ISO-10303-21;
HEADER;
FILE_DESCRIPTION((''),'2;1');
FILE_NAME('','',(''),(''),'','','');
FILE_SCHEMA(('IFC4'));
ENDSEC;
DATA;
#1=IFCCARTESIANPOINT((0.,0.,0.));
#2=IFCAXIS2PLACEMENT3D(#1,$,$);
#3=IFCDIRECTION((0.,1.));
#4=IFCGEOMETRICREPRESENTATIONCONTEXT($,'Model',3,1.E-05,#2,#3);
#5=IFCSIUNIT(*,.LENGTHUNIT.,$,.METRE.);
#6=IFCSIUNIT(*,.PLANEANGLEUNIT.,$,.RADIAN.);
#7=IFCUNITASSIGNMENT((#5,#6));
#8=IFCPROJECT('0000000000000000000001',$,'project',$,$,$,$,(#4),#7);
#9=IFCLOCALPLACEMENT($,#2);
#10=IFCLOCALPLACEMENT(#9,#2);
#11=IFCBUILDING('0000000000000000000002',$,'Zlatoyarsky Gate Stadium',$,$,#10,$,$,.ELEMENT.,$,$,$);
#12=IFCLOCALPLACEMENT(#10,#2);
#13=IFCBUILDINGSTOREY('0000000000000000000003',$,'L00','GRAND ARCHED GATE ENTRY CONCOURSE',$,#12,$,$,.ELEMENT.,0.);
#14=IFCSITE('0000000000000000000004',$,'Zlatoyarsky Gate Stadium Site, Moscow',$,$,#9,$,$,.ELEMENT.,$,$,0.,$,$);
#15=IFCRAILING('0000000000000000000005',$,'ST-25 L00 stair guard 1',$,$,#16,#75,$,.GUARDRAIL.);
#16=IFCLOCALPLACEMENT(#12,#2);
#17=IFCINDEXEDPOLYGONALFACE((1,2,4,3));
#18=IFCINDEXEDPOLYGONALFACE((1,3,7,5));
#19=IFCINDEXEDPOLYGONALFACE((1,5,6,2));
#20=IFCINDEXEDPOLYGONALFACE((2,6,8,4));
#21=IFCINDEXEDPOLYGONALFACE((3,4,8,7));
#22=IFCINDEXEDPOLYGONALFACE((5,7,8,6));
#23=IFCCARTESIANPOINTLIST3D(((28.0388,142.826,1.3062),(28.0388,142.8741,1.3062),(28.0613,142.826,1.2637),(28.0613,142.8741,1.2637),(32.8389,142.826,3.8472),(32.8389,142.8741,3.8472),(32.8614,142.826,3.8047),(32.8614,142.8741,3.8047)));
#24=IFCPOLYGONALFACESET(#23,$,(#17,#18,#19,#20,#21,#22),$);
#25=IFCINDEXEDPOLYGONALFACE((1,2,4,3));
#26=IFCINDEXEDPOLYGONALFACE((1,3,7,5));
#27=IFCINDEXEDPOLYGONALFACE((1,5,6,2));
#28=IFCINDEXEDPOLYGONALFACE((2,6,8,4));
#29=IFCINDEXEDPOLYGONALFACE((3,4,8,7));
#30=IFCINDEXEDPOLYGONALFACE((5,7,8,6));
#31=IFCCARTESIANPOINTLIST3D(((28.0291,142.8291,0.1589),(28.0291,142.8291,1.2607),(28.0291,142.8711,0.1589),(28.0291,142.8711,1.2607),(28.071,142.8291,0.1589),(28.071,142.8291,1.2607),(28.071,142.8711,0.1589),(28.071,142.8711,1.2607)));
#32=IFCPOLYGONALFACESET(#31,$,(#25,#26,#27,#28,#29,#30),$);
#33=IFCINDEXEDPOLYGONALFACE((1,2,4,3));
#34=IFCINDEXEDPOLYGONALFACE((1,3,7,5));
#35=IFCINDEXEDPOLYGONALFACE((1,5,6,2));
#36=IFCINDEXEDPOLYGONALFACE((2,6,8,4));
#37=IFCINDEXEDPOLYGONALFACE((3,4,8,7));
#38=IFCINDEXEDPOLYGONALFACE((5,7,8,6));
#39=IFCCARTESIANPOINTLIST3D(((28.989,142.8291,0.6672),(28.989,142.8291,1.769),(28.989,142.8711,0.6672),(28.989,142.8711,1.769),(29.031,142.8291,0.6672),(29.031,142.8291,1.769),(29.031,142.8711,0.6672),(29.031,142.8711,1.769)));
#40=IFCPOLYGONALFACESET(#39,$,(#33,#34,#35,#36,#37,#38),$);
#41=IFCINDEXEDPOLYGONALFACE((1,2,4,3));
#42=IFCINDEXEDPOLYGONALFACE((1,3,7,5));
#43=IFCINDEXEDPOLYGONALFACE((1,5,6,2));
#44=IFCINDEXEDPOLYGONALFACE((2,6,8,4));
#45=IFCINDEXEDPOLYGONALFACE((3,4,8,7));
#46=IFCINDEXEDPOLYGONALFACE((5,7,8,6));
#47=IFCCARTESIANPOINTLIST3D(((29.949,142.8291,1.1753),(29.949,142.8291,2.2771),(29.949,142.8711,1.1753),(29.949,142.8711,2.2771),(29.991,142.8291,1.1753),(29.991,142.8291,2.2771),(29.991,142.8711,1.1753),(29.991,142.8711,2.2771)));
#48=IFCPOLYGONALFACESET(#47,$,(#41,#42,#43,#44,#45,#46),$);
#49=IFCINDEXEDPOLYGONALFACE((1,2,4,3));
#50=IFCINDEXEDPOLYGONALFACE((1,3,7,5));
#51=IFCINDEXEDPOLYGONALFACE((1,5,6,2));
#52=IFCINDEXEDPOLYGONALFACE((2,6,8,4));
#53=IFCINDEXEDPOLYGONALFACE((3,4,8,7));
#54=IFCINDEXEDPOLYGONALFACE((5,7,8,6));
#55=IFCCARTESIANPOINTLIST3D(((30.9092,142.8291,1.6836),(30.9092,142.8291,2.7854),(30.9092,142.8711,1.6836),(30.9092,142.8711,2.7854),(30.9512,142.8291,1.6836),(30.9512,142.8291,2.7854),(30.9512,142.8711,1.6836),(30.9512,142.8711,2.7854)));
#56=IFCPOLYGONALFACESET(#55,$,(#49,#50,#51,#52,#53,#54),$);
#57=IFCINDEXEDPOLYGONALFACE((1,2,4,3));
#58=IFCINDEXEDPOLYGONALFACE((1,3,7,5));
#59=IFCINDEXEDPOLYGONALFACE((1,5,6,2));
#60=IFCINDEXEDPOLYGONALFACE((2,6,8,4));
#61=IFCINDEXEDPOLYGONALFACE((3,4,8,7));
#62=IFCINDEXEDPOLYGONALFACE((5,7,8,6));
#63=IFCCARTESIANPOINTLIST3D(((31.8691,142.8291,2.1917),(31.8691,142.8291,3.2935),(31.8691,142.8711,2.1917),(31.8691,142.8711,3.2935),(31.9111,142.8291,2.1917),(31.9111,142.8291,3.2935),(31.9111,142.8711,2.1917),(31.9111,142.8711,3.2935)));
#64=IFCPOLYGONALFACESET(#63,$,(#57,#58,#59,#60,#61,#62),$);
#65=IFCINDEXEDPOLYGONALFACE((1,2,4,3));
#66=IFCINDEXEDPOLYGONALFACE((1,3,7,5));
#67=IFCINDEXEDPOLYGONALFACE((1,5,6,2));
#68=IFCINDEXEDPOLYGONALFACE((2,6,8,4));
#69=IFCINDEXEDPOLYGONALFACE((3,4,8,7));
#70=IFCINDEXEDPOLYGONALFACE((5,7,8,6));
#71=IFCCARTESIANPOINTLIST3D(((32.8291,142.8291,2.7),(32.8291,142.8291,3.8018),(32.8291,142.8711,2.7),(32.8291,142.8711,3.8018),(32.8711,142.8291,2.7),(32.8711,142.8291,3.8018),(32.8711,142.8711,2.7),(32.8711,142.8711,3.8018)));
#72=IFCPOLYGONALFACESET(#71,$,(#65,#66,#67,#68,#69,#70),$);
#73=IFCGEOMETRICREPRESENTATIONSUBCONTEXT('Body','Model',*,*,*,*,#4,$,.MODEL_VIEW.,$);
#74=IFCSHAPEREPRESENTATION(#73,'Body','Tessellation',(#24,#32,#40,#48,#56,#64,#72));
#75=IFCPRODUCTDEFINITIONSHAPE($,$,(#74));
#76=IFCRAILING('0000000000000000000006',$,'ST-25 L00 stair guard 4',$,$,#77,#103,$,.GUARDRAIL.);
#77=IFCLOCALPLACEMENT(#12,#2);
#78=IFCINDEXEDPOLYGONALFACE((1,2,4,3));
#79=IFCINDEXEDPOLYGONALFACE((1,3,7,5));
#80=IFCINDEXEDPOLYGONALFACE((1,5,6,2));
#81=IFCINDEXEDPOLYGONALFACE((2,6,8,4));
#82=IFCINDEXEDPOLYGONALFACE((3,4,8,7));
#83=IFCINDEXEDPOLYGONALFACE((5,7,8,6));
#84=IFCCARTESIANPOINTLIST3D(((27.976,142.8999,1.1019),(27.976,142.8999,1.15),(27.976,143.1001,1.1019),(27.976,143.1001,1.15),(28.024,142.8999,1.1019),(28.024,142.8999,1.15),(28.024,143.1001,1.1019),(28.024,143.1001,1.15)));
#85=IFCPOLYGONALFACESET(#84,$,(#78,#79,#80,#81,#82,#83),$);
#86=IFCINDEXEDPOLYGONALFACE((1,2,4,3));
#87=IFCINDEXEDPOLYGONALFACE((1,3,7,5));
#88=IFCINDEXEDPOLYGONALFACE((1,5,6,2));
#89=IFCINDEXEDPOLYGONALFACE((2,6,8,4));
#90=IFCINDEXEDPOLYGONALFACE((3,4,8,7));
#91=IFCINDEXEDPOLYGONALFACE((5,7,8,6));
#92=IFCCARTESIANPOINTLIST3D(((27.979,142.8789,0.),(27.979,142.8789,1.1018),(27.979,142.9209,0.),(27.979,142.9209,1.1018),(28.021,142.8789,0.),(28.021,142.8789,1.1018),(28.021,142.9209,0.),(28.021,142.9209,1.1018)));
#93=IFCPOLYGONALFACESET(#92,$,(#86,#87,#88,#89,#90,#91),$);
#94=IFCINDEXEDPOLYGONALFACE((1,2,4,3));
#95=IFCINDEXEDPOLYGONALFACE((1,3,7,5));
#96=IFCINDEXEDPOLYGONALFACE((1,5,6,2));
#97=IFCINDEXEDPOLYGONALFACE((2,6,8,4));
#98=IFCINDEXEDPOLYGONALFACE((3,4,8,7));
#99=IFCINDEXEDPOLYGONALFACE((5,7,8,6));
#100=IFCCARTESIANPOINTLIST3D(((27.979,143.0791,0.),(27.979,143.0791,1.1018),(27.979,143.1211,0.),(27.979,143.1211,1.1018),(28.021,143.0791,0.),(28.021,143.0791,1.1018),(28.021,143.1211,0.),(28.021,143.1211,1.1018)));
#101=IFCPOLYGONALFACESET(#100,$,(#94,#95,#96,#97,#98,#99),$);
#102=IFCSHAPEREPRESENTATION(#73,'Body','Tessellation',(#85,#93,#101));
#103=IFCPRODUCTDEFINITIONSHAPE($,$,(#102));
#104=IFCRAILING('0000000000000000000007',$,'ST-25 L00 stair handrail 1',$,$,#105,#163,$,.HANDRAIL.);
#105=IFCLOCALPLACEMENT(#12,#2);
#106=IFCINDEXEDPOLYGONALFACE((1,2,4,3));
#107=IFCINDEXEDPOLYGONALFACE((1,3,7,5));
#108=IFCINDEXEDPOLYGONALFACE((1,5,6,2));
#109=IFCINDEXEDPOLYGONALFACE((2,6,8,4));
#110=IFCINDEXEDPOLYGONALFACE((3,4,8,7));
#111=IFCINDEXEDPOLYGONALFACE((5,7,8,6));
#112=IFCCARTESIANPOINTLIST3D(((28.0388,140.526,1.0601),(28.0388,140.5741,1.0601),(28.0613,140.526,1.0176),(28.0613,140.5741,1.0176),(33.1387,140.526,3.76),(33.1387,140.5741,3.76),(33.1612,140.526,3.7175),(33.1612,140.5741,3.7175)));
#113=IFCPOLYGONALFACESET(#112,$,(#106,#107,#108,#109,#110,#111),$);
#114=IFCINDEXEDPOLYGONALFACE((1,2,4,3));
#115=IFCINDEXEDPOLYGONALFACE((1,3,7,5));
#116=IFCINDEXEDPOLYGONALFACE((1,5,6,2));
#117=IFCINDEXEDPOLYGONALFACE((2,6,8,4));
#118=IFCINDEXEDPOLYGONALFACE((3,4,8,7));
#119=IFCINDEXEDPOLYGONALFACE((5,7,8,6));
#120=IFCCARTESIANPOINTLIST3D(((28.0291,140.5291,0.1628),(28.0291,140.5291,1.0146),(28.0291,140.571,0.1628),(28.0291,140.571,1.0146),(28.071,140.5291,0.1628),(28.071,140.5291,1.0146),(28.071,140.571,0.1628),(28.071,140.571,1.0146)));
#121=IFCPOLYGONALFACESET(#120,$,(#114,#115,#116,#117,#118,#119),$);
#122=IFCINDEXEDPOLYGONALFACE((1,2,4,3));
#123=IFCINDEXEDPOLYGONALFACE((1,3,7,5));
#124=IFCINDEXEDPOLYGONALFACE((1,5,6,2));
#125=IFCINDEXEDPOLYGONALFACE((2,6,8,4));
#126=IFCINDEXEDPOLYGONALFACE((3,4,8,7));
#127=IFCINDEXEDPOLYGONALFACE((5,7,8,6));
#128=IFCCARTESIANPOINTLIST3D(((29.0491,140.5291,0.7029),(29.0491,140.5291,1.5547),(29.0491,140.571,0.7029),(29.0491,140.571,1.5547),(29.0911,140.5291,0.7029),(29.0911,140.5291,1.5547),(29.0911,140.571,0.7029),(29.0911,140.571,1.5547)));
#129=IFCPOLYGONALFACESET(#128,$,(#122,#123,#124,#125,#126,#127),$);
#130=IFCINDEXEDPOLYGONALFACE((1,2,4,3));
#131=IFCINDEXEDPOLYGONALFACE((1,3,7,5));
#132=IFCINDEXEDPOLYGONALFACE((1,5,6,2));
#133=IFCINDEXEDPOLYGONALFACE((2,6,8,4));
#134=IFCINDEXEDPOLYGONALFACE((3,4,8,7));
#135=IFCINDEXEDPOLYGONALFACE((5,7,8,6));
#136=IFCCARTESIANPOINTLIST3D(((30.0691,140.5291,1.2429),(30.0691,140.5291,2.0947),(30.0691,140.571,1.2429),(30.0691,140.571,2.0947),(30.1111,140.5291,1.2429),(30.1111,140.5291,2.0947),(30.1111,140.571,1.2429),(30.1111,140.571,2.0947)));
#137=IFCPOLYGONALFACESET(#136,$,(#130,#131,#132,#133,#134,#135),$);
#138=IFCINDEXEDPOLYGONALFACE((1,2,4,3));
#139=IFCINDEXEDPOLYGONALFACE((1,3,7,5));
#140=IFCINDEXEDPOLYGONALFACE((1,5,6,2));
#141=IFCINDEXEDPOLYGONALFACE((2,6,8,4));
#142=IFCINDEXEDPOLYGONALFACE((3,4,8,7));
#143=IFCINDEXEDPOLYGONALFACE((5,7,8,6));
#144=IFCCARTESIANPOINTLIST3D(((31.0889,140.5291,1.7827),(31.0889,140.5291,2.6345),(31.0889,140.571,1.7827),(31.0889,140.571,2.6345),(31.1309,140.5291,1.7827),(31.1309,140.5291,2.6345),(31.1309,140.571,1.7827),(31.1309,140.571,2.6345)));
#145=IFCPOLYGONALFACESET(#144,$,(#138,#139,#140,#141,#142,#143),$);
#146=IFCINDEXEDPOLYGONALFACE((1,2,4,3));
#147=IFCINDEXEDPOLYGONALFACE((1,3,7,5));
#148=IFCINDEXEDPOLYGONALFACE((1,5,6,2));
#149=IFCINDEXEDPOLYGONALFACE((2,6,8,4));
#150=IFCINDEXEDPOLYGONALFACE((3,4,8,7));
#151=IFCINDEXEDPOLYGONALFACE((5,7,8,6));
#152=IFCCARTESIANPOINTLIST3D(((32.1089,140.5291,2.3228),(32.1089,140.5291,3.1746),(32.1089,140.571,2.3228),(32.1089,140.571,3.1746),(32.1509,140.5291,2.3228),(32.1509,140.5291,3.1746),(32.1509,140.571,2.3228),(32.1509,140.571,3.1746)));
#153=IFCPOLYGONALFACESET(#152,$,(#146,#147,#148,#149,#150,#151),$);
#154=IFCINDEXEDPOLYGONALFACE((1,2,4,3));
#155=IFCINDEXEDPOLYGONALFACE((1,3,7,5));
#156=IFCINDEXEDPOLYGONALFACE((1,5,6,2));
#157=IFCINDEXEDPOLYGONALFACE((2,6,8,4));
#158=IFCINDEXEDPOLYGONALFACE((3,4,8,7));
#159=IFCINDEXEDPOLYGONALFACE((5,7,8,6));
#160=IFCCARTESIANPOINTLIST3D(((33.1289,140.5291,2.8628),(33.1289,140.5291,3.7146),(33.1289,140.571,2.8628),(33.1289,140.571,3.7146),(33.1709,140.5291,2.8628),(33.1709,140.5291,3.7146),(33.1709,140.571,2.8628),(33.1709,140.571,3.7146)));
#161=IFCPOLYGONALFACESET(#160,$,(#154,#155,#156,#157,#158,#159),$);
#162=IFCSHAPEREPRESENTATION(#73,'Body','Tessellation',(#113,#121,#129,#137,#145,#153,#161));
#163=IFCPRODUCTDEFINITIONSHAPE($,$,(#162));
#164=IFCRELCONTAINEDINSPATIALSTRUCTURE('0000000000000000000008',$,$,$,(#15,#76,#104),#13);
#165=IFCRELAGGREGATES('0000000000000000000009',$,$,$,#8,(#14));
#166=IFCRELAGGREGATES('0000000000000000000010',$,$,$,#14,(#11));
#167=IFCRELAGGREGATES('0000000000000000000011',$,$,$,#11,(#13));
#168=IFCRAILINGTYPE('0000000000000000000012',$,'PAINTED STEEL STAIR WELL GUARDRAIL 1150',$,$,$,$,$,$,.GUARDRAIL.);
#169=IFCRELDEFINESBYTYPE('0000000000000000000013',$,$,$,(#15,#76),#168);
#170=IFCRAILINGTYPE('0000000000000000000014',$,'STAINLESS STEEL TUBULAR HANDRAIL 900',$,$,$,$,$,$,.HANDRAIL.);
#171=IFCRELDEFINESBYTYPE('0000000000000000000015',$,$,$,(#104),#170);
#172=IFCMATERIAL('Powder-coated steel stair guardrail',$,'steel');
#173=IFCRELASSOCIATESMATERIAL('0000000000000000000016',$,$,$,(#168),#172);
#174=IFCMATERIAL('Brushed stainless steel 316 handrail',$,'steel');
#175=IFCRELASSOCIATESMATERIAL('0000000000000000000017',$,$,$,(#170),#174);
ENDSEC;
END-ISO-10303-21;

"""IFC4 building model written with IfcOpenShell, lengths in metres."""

from ifc_helpers import new_model, si_unit, direction, frame, origin, origin_2d, place, context, subcontext, project, spatial, rectangle, extrude, material, type_object, element, save


model = new_model("IFC4")

# Units and contexts
model_context = context("Model", 3, precision=1e-05, world=origin(), true_north=direction((0.0, 1.0)))
body_context = subcontext(model_context, "Body", "Model", "MODEL_VIEW")
ifc_project = project(units=[si_unit("LENGTHUNIT", "METRE"), si_unit("PLANEANGLEUNIT", "RADIAN")], contexts=[model_context])

# Site, building, storey
site_placement = place(None, origin())
site = spatial("IfcSite", under=ifc_project, at=site_placement, Name="Zlatoyarsky Gate Stadium Site, Moscow", CompositionType="ELEMENT", RefElevation=0.0)
building_placement = place(site_placement, origin())
building = spatial("IfcBuilding", under=site, at=building_placement, Name="Zlatoyarsky Gate Stadium", CompositionType="ELEMENT")
storey_placement = place(building_placement, origin())
storey = spatial("IfcBuildingStorey", under=building, at=storey_placement, Name="L00", Description="GRAND ARCHED GATE ENTRY CONCOURSE", CompositionType="ELEMENT", Elevation=0.0)

# Railings
ifc_material_1 = material(Name="Powder-coated steel stair guardrail", Category="steel")
railing_type_1 = type_object("IfcRailingType", Name="PAINTED STEEL STAIR WELL GUARDRAIL 1150", PredefinedType="GUARDRAIL", material=ifc_material_1)
railing_1_placement = place(storey_placement, frame((28.05, 142.8501, 0.1589)))
element("IfcRailing", 1, at=railing_1_placement, inside=storey, type_object=railing_type_1, Name="ST-25 L00 stair guard 1", PredefinedType="GUARDRAIL", context=body_context, shape_type="SweptSolid", body=[
    extrude(rectangle(XDim=0.0481, YDim=0.0481, at=origin_2d()), frame((0.0, 0.0, 1.126), z_axis=(0.883802, 0.0, 0.467861), x_axis=(0.0, 1.0, 0.0)), (0.0, 0.0, 1.0), 5.4312),
    extrude(rectangle(XDim=0.042, YDim=0.042, at=origin_2d()), origin(), (0.0, 0.0, 1.0), 1.1018),
    extrude(rectangle(XDim=0.042, YDim=0.042, at=origin_2d()), frame((0.96, 0.0, 0.5083)), (0.0, 0.0, 1.0), 1.1018),
    extrude(rectangle(XDim=0.042, YDim=0.042, at=origin_2d()), frame((1.9199, 0.0, 1.0164)), (0.0, 0.0, 1.0), 1.1018),
    extrude(rectangle(XDim=0.042, YDim=0.042, at=origin_2d()), frame((2.8801, 0.0, 1.5247)), (0.0, 0.0, 1.0), 1.1018),
    extrude(rectangle(XDim=0.042, YDim=0.042, at=origin_2d()), frame((3.8401, 0.0, 2.0327)), (0.0, 0.0, 1.0), 1.1018),
    extrude(rectangle(XDim=0.042, YDim=0.042, at=origin_2d()), frame((4.8, 0.0, 2.541)), (0.0, 0.0, 1.0), 1.1018),
])
railing_2_placement = place(storey_placement, frame((28.0, 142.8999, 0.0)))
element("IfcRailing", 2, at=railing_2_placement, inside=storey, type_object=railing_type_1, Name="ST-25 L00 stair guard 4", PredefinedType="GUARDRAIL", context=body_context, shape_type="SweptSolid", body=[
    extrude(rectangle(XDim=0.0481, YDim=0.0481, at=origin_2d()), frame((0.0, 0.0, 1.126), z_axis=(0.0, 1.0, 0.0), x_axis=(-1.0, 0.0, 0.0)), (0.0, 0.0, 1.0), 0.2002),
    extrude(rectangle(XDim=0.042, YDim=0.042, at=origin_2d()), origin(), (0.0, 0.0, 1.0), 1.1018),
    extrude(rectangle(XDim=0.042, YDim=0.042, at=origin_2d()), frame((0.0, 0.2002, 0.0)), (0.0, 0.0, 1.0), 1.1018),
])
ifc_material_2 = material(Name="Brushed stainless steel 316 handrail", Category="steel")
railing_type_2 = type_object("IfcRailingType", Name="STAINLESS STEEL TUBULAR HANDRAIL 900", PredefinedType="HANDRAIL", material=ifc_material_2)
railing_3_placement = place(storey_placement, frame((28.05, 140.55, 0.1628)))
element("IfcRailing", 3, at=railing_3_placement, inside=storey, type_object=railing_type_2, Name="ST-25 L00 stair handrail 1", PredefinedType="HANDRAIL", context=body_context, shape_type="SweptSolid", body=[
    extrude(rectangle(XDim=0.0481, YDim=0.0481, at=origin_2d()), frame((0.0, 0.0, 0.876), z_axis=(0.883786, 0.0, 0.467892), x_axis=(0.0, 1.0, 0.0)), (0.0, 0.0, 1.0), 5.7705),
    extrude(rectangle(XDim=0.042, YDim=0.042, at=origin_2d()), origin(), (0.0, 0.0, 1.0), 0.8518),
    extrude(rectangle(XDim=0.042, YDim=0.042, at=origin_2d()), frame((1.02, 0.0, 0.54)), (0.0, 0.0, 1.0), 0.8518),
    extrude(rectangle(XDim=0.042, YDim=0.042, at=origin_2d()), frame((2.04, 0.0, 1.0801)), (0.0, 0.0, 1.0), 0.8518),
    extrude(rectangle(XDim=0.042, YDim=0.042, at=origin_2d()), frame((3.0598, 0.0, 1.6199)), (0.0, 0.0, 1.0), 0.8518),
    extrude(rectangle(XDim=0.042, YDim=0.042, at=origin_2d()), frame((4.0798, 0.0, 2.1599)), (0.0, 0.0, 1.0), 0.8518),
    extrude(rectangle(XDim=0.042, YDim=0.042, at=origin_2d()), frame((5.0999, 0.0, 2.7)), (0.0, 0.0, 1.0), 0.8518),
])

save(model, "model.ifc")
